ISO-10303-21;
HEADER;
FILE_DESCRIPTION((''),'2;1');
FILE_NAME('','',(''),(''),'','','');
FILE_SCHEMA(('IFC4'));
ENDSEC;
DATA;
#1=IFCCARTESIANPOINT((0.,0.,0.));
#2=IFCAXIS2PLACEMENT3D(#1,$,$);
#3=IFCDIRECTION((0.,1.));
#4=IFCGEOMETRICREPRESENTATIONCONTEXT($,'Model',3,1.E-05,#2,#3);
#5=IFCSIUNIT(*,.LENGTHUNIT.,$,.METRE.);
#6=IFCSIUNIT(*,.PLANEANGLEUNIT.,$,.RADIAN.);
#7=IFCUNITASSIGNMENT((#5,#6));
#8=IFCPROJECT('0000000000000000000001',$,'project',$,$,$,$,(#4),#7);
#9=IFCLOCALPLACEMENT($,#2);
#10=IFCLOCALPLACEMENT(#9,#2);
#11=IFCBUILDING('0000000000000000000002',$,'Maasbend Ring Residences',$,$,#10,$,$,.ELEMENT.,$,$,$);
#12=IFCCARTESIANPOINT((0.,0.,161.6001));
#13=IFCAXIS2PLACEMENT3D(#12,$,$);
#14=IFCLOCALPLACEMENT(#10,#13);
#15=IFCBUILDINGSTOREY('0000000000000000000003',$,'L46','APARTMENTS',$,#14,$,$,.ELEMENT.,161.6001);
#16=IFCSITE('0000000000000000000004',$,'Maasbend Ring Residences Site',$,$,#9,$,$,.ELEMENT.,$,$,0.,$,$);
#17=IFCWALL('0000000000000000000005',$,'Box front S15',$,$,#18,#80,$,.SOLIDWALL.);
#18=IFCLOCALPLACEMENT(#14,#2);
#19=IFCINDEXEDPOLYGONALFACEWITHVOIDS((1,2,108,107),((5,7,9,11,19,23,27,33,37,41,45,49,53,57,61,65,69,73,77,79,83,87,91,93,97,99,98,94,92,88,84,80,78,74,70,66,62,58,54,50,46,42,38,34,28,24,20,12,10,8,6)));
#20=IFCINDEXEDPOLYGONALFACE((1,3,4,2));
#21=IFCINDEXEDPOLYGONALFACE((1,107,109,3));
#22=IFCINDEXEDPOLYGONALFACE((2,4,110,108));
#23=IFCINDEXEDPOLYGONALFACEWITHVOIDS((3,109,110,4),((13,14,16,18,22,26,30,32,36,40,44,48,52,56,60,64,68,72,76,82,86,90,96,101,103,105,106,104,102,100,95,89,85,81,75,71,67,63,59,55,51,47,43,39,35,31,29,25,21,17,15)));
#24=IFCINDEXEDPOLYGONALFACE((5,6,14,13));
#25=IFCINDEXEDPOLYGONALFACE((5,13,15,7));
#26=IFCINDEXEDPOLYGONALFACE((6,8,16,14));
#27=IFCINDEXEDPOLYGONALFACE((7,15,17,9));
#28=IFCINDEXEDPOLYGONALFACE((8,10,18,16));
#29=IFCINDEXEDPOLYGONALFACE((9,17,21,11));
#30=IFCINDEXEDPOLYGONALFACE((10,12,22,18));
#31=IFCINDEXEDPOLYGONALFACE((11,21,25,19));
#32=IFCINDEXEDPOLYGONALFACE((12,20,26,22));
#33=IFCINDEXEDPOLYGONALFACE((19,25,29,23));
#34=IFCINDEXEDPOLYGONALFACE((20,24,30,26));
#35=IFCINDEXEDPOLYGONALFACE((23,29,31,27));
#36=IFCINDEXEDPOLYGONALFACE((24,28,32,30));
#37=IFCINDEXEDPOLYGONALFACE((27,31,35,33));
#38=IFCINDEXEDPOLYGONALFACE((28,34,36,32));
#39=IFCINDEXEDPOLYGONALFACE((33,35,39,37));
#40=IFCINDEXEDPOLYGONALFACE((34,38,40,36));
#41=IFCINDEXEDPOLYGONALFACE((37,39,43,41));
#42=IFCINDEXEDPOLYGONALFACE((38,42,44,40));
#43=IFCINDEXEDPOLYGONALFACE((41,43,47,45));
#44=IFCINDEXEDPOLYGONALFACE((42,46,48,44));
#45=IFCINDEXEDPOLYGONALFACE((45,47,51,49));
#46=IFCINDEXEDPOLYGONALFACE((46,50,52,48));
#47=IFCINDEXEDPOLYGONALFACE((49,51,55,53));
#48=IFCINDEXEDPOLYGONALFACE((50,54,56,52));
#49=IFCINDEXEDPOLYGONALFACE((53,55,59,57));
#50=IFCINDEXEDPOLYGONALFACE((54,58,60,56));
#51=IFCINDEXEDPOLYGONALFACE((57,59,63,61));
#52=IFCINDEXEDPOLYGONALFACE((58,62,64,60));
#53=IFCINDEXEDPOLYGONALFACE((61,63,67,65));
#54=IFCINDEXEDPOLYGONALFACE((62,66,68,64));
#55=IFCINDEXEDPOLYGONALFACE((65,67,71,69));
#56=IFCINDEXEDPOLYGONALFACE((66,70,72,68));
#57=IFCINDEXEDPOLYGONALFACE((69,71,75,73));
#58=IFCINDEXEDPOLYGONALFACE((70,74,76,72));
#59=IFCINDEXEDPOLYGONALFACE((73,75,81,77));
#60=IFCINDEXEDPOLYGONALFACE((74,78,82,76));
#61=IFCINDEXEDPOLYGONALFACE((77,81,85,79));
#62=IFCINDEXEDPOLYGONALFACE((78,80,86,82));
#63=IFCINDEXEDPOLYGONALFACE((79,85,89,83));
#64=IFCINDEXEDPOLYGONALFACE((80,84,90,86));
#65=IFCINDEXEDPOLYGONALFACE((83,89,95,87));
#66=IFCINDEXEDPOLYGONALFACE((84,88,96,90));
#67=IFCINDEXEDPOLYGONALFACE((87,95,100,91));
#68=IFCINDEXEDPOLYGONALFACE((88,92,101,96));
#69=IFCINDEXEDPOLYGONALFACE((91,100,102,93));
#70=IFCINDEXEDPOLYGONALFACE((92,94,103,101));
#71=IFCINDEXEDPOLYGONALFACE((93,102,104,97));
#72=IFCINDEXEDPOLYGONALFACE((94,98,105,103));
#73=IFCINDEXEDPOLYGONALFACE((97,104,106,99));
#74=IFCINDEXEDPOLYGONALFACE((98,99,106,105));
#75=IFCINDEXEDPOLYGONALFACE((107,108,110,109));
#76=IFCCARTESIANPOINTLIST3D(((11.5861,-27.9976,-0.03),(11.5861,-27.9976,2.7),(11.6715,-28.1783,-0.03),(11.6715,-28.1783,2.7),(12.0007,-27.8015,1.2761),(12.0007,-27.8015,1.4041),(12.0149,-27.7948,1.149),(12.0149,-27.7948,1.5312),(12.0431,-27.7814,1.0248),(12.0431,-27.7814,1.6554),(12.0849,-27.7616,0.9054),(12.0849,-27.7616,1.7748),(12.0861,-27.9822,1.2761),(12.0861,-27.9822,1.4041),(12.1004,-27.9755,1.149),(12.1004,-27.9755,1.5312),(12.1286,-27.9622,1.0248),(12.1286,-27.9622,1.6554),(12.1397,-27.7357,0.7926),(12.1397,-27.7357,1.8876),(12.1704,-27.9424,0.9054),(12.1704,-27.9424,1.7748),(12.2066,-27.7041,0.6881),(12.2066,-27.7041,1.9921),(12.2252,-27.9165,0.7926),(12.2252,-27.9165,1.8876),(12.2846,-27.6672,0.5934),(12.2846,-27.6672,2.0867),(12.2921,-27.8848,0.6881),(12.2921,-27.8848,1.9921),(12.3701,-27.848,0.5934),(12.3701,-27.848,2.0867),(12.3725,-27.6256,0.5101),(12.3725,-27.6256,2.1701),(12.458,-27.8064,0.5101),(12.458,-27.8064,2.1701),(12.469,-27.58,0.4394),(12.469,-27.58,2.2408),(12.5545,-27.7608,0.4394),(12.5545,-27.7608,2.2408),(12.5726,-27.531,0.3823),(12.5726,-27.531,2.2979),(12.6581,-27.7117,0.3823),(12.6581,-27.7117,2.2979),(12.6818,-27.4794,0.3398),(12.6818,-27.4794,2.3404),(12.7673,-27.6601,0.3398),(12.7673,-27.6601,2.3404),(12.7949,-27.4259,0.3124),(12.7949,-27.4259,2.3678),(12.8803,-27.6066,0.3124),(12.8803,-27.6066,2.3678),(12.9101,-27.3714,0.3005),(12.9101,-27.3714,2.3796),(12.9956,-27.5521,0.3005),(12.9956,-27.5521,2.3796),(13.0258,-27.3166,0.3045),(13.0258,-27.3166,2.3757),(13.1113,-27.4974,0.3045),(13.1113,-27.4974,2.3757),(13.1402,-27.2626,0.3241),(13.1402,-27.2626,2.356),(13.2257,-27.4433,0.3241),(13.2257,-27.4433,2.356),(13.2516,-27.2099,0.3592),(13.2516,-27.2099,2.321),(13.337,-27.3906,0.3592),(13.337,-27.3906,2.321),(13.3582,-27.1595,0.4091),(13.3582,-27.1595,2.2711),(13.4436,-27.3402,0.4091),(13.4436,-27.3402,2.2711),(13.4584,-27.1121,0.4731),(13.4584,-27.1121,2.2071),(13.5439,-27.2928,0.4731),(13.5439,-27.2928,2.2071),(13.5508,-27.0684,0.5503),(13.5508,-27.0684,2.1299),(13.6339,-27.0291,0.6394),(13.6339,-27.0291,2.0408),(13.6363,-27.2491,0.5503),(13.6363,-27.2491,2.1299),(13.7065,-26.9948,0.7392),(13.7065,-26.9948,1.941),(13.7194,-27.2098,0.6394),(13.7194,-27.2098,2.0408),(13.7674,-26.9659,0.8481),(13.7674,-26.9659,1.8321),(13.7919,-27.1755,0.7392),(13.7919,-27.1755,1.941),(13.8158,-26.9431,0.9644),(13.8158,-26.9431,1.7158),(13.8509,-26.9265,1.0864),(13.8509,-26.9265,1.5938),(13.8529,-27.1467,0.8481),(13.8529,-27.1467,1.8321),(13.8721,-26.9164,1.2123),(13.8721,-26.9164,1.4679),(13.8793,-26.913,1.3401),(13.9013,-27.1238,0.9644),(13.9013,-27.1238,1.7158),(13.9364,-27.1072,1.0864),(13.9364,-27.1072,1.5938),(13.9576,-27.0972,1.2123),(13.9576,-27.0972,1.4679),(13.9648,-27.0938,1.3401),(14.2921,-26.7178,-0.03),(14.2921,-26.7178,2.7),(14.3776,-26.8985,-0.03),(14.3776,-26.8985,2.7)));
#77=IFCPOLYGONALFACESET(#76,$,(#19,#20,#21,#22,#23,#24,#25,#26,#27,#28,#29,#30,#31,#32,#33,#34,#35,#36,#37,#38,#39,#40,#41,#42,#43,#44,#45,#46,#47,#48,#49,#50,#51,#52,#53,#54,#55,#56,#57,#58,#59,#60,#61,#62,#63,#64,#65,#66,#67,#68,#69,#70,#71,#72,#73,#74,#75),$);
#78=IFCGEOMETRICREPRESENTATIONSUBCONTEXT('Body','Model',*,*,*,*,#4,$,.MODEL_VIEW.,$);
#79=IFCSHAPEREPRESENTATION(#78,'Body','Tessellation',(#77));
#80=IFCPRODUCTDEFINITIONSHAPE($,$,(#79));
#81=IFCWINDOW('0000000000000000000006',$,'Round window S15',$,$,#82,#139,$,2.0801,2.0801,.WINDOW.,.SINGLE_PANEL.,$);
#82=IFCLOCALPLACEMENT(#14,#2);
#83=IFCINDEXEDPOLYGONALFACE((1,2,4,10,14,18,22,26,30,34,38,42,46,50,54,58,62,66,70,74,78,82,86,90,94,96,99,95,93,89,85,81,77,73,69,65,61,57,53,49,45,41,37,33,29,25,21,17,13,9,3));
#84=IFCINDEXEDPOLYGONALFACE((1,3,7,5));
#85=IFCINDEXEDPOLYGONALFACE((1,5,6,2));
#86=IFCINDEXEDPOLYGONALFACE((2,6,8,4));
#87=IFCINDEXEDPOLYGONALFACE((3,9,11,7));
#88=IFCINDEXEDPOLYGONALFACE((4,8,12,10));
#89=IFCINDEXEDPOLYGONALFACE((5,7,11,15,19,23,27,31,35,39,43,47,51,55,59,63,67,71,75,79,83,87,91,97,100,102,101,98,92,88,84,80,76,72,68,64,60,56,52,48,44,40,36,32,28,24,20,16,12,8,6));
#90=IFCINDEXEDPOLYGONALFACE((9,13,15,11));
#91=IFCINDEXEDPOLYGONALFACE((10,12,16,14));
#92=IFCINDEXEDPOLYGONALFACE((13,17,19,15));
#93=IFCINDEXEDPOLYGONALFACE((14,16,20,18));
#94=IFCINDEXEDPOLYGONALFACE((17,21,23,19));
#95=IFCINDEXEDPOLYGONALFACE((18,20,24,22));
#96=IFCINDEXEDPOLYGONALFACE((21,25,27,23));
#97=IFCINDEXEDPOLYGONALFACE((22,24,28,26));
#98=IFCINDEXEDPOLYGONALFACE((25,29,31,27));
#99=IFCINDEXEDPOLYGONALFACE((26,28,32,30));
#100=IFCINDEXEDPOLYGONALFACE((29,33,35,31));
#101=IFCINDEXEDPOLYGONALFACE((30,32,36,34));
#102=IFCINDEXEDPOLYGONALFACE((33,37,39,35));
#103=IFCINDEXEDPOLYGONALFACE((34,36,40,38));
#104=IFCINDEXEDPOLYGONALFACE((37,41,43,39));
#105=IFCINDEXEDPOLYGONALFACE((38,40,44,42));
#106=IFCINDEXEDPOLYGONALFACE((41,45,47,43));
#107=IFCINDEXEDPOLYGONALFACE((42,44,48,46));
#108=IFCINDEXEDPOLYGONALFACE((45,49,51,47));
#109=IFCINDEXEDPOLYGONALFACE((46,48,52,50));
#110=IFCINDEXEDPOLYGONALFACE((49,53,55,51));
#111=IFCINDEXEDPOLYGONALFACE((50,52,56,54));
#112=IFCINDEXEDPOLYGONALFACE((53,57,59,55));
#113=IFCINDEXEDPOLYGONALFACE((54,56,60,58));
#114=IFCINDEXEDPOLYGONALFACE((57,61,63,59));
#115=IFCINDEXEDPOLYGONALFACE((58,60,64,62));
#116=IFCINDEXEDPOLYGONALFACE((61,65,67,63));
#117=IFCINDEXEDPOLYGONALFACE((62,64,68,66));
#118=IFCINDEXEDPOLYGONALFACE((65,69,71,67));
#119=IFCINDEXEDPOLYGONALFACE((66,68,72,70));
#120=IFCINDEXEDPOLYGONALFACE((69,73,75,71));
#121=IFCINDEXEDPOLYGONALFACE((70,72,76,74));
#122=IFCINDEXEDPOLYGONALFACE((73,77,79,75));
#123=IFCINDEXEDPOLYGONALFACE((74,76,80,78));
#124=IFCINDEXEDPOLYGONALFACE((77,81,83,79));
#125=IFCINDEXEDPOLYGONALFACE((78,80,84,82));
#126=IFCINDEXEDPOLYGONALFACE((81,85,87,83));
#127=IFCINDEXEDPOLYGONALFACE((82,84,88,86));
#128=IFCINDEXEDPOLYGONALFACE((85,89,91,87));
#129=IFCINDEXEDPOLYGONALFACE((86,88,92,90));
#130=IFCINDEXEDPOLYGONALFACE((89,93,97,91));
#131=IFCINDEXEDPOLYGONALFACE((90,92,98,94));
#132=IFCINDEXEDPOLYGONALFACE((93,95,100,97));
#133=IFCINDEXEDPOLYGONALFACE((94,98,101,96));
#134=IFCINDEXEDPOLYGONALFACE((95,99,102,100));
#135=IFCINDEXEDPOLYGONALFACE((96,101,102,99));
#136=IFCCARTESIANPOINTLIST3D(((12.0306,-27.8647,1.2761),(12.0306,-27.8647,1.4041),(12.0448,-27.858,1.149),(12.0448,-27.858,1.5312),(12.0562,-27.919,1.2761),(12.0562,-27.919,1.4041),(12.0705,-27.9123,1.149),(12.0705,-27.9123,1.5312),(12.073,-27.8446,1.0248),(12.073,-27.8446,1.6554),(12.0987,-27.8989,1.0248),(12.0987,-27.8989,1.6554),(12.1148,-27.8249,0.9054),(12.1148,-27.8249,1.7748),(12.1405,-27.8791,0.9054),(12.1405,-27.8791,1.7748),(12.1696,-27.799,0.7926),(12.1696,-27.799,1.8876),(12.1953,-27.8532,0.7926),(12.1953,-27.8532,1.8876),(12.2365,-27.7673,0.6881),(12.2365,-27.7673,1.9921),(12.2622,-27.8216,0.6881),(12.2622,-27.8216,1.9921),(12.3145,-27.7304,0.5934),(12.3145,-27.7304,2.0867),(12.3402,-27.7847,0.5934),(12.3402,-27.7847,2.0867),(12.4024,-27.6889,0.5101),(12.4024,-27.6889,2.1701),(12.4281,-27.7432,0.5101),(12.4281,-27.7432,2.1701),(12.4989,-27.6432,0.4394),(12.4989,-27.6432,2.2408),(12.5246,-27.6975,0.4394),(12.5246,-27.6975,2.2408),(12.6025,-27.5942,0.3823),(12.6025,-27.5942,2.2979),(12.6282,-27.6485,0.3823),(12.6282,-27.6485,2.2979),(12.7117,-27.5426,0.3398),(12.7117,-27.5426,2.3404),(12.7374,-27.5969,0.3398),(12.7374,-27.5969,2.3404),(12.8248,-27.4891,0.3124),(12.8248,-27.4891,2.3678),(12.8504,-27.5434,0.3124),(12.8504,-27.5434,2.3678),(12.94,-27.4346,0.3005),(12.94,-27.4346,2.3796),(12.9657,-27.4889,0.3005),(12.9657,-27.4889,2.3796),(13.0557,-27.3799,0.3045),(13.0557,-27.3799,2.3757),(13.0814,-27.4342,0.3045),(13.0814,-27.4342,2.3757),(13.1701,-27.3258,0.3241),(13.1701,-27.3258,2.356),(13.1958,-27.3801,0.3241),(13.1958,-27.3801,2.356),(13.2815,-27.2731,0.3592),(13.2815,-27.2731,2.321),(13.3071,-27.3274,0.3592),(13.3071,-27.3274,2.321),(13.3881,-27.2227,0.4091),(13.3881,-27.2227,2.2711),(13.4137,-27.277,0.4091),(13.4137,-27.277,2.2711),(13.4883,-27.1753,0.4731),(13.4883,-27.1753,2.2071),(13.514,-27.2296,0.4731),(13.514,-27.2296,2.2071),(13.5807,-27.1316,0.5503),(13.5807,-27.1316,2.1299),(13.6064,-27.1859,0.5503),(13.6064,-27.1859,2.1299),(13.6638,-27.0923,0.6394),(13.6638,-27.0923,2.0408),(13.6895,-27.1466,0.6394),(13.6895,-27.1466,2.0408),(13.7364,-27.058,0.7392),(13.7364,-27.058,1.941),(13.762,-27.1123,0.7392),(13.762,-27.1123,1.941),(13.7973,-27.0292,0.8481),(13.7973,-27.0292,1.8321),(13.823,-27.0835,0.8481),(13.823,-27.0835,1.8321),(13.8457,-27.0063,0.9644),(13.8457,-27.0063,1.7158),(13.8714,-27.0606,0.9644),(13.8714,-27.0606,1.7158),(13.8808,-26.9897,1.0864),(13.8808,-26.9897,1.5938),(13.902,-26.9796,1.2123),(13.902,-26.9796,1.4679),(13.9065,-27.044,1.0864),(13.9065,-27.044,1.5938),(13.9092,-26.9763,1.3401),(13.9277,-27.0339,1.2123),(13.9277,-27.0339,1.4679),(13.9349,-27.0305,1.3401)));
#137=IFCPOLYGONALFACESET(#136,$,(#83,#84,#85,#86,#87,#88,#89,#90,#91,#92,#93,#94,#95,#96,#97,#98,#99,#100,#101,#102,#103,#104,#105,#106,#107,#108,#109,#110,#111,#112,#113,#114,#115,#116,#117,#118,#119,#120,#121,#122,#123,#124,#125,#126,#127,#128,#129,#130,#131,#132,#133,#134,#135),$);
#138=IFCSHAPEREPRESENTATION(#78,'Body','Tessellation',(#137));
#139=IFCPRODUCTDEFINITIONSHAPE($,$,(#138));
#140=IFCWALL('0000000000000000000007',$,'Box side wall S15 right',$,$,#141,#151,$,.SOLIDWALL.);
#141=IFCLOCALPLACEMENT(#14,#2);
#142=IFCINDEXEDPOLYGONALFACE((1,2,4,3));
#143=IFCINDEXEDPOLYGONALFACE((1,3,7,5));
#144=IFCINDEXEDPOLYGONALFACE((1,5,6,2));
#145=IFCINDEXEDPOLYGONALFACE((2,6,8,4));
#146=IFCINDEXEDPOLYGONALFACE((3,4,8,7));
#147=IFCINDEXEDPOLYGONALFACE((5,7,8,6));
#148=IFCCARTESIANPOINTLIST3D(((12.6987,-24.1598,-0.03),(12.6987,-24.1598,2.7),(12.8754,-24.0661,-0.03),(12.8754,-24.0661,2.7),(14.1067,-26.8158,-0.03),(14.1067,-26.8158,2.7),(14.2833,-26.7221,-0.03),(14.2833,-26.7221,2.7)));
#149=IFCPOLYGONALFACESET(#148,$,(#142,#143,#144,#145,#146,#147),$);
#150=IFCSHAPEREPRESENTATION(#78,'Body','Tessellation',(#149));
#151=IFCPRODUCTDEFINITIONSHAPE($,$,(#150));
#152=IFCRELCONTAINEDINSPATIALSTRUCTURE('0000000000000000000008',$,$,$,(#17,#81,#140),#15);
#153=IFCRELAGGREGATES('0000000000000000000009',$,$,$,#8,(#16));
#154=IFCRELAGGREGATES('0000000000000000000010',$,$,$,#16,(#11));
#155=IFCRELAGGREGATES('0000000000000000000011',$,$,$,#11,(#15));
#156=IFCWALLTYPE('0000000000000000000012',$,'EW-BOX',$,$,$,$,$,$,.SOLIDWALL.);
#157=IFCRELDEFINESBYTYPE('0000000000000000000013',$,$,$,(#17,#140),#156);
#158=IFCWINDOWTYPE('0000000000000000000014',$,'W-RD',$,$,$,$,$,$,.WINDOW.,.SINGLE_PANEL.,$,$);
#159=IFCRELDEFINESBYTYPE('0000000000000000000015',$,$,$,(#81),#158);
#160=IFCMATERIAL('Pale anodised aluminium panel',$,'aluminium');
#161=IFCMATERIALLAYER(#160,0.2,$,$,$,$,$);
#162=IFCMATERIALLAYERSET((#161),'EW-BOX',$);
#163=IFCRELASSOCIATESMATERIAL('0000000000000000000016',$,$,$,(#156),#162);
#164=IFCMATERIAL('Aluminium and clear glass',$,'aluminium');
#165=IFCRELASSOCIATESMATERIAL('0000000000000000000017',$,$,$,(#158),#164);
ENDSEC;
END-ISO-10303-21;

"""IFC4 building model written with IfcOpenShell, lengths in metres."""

from ifc_helpers import new_model, si_unit, direction, frame, frame_2d, origin, place, context, subcontext, project, spatial, rectangle, circle, extrude, material, layer, layer_set, type_object, element, fill, save


model = new_model("IFC4")

# Units and contexts
model_context = context("Model", 3, precision=1e-05, world=origin(), true_north=direction((0.0, 1.0)))
body_context = subcontext(model_context, "Body", "Model", "MODEL_VIEW")
ifc_project = project(units=[si_unit("LENGTHUNIT", "METRE"), si_unit("PLANEANGLEUNIT", "RADIAN")], contexts=[model_context])

# Site, building, storey
site_placement = place(None, origin())
site = spatial("IfcSite", under=ifc_project, at=site_placement, Name="Maasbend Ring Residences Site", CompositionType="ELEMENT", RefElevation=0.0)
building_placement = place(site_placement, origin())
building = spatial("IfcBuilding", under=site, at=building_placement, Name="Maasbend Ring Residences", CompositionType="ELEMENT")
storey_placement = place(building_placement, frame((0.0, 0.0, 161.6001)))
storey = spatial("IfcBuildingStorey", under=building, at=storey_placement, Name="L46", Description="APARTMENTS", CompositionType="ELEMENT", Elevation=161.6001)

# Wall, opening, window
ifc_material_1 = material(Name="Pale anodised aluminium panel", Category="aluminium")
ifc_layer_1 = layer(ifc_material_1, 0.2)
ifc_layer_set_1 = layer_set([ifc_layer_1], Name="EW-BOX")
wall_type_1 = type_object("IfcWallType", Name="EW-BOX", PredefinedType="SOLIDWALL", material=ifc_layer_set_1)
wall_1_placement = place(storey_placement, frame((11.6289, -28.0879, -0.03), z_axis=(0.0, 0.0, 1.0), x_axis=(0.904, 0.427532, 0.0)))
wall_1 = element("IfcWall", 1, at=wall_1_placement, inside=storey, type_object=wall_type_1, Name="Box front S15", PredefinedType="SOLIDWALL", context=body_context, shape_type="SweptSolid", body=[
    extrude(rectangle(XDim=2.9934, YDim=0.2, at=frame_2d((1.4966, 0.0))), origin(), (0.0, 0.0, 1.0), 2.73),
])
opening_1_placement = place(wall_1_placement, frame((0.4565, 0.0, 0.3301)))
opening_1 = element("IfcOpeningElement", 2, at=opening_1_placement, cuts=wall_1, PredefinedType="OPENING", context=body_context, shape_type="SweptSolid", body=[
    extrude(circle(Radius=1.04, at=frame_2d((1.04, 1.04))), frame((0.0, 0.1099, 0.0), z_axis=(0.0, -1.0, 0.0), x_axis=(1.0, 0.0, 0.0)), (0.0, 0.0, 1.0), 0.22),
])
ifc_material_2 = material(Name="Aluminium and clear glass", Category="aluminium")
window_type_1 = type_object("IfcWindowType", Name="W-RD", PartitioningType="SINGLE_PANEL", PredefinedType="WINDOW", material=ifc_material_2)
window_1_placement = place(opening_1_placement, origin())
window_1 = element("IfcWindow", 3, at=window_1_placement, inside=storey, type_object=window_type_1, Name="Round window S15", OverallHeight=2.0801, OverallWidth=2.0801, PartitioningType="SINGLE_PANEL", PredefinedType="WINDOW", context=body_context, shape_type="SweptSolid", body=[
    extrude(circle(Radius=1.04, at=frame_2d((1.04, 1.04))), frame((0.0, 0.03, 0.0), z_axis=(0.0, -1.0, 0.0), x_axis=(1.0, 0.0, 0.0)), (0.0, 0.0, 1.0), 0.0601),
])
fill(opening_1, window_1)

# Wall
wall_2_placement = place(storey_placement, frame((12.7871, -24.113, -0.03), z_axis=(0.0, 0.0, 1.0), x_axis=(0.468365, -0.883535, 0.0)))
element("IfcWall", 4, at=wall_2_placement, inside=storey, type_object=wall_type_1, Name="Box side wall S15 right", PredefinedType="SOLIDWALL", context=body_context, shape_type="SweptSolid", body=[
    extrude(rectangle(XDim=3.0061, YDim=0.2, at=frame_2d((1.5029, 0.0))), origin(), (0.0, 0.0, 1.0), 2.73),
])

save(model, "model.ifc")
